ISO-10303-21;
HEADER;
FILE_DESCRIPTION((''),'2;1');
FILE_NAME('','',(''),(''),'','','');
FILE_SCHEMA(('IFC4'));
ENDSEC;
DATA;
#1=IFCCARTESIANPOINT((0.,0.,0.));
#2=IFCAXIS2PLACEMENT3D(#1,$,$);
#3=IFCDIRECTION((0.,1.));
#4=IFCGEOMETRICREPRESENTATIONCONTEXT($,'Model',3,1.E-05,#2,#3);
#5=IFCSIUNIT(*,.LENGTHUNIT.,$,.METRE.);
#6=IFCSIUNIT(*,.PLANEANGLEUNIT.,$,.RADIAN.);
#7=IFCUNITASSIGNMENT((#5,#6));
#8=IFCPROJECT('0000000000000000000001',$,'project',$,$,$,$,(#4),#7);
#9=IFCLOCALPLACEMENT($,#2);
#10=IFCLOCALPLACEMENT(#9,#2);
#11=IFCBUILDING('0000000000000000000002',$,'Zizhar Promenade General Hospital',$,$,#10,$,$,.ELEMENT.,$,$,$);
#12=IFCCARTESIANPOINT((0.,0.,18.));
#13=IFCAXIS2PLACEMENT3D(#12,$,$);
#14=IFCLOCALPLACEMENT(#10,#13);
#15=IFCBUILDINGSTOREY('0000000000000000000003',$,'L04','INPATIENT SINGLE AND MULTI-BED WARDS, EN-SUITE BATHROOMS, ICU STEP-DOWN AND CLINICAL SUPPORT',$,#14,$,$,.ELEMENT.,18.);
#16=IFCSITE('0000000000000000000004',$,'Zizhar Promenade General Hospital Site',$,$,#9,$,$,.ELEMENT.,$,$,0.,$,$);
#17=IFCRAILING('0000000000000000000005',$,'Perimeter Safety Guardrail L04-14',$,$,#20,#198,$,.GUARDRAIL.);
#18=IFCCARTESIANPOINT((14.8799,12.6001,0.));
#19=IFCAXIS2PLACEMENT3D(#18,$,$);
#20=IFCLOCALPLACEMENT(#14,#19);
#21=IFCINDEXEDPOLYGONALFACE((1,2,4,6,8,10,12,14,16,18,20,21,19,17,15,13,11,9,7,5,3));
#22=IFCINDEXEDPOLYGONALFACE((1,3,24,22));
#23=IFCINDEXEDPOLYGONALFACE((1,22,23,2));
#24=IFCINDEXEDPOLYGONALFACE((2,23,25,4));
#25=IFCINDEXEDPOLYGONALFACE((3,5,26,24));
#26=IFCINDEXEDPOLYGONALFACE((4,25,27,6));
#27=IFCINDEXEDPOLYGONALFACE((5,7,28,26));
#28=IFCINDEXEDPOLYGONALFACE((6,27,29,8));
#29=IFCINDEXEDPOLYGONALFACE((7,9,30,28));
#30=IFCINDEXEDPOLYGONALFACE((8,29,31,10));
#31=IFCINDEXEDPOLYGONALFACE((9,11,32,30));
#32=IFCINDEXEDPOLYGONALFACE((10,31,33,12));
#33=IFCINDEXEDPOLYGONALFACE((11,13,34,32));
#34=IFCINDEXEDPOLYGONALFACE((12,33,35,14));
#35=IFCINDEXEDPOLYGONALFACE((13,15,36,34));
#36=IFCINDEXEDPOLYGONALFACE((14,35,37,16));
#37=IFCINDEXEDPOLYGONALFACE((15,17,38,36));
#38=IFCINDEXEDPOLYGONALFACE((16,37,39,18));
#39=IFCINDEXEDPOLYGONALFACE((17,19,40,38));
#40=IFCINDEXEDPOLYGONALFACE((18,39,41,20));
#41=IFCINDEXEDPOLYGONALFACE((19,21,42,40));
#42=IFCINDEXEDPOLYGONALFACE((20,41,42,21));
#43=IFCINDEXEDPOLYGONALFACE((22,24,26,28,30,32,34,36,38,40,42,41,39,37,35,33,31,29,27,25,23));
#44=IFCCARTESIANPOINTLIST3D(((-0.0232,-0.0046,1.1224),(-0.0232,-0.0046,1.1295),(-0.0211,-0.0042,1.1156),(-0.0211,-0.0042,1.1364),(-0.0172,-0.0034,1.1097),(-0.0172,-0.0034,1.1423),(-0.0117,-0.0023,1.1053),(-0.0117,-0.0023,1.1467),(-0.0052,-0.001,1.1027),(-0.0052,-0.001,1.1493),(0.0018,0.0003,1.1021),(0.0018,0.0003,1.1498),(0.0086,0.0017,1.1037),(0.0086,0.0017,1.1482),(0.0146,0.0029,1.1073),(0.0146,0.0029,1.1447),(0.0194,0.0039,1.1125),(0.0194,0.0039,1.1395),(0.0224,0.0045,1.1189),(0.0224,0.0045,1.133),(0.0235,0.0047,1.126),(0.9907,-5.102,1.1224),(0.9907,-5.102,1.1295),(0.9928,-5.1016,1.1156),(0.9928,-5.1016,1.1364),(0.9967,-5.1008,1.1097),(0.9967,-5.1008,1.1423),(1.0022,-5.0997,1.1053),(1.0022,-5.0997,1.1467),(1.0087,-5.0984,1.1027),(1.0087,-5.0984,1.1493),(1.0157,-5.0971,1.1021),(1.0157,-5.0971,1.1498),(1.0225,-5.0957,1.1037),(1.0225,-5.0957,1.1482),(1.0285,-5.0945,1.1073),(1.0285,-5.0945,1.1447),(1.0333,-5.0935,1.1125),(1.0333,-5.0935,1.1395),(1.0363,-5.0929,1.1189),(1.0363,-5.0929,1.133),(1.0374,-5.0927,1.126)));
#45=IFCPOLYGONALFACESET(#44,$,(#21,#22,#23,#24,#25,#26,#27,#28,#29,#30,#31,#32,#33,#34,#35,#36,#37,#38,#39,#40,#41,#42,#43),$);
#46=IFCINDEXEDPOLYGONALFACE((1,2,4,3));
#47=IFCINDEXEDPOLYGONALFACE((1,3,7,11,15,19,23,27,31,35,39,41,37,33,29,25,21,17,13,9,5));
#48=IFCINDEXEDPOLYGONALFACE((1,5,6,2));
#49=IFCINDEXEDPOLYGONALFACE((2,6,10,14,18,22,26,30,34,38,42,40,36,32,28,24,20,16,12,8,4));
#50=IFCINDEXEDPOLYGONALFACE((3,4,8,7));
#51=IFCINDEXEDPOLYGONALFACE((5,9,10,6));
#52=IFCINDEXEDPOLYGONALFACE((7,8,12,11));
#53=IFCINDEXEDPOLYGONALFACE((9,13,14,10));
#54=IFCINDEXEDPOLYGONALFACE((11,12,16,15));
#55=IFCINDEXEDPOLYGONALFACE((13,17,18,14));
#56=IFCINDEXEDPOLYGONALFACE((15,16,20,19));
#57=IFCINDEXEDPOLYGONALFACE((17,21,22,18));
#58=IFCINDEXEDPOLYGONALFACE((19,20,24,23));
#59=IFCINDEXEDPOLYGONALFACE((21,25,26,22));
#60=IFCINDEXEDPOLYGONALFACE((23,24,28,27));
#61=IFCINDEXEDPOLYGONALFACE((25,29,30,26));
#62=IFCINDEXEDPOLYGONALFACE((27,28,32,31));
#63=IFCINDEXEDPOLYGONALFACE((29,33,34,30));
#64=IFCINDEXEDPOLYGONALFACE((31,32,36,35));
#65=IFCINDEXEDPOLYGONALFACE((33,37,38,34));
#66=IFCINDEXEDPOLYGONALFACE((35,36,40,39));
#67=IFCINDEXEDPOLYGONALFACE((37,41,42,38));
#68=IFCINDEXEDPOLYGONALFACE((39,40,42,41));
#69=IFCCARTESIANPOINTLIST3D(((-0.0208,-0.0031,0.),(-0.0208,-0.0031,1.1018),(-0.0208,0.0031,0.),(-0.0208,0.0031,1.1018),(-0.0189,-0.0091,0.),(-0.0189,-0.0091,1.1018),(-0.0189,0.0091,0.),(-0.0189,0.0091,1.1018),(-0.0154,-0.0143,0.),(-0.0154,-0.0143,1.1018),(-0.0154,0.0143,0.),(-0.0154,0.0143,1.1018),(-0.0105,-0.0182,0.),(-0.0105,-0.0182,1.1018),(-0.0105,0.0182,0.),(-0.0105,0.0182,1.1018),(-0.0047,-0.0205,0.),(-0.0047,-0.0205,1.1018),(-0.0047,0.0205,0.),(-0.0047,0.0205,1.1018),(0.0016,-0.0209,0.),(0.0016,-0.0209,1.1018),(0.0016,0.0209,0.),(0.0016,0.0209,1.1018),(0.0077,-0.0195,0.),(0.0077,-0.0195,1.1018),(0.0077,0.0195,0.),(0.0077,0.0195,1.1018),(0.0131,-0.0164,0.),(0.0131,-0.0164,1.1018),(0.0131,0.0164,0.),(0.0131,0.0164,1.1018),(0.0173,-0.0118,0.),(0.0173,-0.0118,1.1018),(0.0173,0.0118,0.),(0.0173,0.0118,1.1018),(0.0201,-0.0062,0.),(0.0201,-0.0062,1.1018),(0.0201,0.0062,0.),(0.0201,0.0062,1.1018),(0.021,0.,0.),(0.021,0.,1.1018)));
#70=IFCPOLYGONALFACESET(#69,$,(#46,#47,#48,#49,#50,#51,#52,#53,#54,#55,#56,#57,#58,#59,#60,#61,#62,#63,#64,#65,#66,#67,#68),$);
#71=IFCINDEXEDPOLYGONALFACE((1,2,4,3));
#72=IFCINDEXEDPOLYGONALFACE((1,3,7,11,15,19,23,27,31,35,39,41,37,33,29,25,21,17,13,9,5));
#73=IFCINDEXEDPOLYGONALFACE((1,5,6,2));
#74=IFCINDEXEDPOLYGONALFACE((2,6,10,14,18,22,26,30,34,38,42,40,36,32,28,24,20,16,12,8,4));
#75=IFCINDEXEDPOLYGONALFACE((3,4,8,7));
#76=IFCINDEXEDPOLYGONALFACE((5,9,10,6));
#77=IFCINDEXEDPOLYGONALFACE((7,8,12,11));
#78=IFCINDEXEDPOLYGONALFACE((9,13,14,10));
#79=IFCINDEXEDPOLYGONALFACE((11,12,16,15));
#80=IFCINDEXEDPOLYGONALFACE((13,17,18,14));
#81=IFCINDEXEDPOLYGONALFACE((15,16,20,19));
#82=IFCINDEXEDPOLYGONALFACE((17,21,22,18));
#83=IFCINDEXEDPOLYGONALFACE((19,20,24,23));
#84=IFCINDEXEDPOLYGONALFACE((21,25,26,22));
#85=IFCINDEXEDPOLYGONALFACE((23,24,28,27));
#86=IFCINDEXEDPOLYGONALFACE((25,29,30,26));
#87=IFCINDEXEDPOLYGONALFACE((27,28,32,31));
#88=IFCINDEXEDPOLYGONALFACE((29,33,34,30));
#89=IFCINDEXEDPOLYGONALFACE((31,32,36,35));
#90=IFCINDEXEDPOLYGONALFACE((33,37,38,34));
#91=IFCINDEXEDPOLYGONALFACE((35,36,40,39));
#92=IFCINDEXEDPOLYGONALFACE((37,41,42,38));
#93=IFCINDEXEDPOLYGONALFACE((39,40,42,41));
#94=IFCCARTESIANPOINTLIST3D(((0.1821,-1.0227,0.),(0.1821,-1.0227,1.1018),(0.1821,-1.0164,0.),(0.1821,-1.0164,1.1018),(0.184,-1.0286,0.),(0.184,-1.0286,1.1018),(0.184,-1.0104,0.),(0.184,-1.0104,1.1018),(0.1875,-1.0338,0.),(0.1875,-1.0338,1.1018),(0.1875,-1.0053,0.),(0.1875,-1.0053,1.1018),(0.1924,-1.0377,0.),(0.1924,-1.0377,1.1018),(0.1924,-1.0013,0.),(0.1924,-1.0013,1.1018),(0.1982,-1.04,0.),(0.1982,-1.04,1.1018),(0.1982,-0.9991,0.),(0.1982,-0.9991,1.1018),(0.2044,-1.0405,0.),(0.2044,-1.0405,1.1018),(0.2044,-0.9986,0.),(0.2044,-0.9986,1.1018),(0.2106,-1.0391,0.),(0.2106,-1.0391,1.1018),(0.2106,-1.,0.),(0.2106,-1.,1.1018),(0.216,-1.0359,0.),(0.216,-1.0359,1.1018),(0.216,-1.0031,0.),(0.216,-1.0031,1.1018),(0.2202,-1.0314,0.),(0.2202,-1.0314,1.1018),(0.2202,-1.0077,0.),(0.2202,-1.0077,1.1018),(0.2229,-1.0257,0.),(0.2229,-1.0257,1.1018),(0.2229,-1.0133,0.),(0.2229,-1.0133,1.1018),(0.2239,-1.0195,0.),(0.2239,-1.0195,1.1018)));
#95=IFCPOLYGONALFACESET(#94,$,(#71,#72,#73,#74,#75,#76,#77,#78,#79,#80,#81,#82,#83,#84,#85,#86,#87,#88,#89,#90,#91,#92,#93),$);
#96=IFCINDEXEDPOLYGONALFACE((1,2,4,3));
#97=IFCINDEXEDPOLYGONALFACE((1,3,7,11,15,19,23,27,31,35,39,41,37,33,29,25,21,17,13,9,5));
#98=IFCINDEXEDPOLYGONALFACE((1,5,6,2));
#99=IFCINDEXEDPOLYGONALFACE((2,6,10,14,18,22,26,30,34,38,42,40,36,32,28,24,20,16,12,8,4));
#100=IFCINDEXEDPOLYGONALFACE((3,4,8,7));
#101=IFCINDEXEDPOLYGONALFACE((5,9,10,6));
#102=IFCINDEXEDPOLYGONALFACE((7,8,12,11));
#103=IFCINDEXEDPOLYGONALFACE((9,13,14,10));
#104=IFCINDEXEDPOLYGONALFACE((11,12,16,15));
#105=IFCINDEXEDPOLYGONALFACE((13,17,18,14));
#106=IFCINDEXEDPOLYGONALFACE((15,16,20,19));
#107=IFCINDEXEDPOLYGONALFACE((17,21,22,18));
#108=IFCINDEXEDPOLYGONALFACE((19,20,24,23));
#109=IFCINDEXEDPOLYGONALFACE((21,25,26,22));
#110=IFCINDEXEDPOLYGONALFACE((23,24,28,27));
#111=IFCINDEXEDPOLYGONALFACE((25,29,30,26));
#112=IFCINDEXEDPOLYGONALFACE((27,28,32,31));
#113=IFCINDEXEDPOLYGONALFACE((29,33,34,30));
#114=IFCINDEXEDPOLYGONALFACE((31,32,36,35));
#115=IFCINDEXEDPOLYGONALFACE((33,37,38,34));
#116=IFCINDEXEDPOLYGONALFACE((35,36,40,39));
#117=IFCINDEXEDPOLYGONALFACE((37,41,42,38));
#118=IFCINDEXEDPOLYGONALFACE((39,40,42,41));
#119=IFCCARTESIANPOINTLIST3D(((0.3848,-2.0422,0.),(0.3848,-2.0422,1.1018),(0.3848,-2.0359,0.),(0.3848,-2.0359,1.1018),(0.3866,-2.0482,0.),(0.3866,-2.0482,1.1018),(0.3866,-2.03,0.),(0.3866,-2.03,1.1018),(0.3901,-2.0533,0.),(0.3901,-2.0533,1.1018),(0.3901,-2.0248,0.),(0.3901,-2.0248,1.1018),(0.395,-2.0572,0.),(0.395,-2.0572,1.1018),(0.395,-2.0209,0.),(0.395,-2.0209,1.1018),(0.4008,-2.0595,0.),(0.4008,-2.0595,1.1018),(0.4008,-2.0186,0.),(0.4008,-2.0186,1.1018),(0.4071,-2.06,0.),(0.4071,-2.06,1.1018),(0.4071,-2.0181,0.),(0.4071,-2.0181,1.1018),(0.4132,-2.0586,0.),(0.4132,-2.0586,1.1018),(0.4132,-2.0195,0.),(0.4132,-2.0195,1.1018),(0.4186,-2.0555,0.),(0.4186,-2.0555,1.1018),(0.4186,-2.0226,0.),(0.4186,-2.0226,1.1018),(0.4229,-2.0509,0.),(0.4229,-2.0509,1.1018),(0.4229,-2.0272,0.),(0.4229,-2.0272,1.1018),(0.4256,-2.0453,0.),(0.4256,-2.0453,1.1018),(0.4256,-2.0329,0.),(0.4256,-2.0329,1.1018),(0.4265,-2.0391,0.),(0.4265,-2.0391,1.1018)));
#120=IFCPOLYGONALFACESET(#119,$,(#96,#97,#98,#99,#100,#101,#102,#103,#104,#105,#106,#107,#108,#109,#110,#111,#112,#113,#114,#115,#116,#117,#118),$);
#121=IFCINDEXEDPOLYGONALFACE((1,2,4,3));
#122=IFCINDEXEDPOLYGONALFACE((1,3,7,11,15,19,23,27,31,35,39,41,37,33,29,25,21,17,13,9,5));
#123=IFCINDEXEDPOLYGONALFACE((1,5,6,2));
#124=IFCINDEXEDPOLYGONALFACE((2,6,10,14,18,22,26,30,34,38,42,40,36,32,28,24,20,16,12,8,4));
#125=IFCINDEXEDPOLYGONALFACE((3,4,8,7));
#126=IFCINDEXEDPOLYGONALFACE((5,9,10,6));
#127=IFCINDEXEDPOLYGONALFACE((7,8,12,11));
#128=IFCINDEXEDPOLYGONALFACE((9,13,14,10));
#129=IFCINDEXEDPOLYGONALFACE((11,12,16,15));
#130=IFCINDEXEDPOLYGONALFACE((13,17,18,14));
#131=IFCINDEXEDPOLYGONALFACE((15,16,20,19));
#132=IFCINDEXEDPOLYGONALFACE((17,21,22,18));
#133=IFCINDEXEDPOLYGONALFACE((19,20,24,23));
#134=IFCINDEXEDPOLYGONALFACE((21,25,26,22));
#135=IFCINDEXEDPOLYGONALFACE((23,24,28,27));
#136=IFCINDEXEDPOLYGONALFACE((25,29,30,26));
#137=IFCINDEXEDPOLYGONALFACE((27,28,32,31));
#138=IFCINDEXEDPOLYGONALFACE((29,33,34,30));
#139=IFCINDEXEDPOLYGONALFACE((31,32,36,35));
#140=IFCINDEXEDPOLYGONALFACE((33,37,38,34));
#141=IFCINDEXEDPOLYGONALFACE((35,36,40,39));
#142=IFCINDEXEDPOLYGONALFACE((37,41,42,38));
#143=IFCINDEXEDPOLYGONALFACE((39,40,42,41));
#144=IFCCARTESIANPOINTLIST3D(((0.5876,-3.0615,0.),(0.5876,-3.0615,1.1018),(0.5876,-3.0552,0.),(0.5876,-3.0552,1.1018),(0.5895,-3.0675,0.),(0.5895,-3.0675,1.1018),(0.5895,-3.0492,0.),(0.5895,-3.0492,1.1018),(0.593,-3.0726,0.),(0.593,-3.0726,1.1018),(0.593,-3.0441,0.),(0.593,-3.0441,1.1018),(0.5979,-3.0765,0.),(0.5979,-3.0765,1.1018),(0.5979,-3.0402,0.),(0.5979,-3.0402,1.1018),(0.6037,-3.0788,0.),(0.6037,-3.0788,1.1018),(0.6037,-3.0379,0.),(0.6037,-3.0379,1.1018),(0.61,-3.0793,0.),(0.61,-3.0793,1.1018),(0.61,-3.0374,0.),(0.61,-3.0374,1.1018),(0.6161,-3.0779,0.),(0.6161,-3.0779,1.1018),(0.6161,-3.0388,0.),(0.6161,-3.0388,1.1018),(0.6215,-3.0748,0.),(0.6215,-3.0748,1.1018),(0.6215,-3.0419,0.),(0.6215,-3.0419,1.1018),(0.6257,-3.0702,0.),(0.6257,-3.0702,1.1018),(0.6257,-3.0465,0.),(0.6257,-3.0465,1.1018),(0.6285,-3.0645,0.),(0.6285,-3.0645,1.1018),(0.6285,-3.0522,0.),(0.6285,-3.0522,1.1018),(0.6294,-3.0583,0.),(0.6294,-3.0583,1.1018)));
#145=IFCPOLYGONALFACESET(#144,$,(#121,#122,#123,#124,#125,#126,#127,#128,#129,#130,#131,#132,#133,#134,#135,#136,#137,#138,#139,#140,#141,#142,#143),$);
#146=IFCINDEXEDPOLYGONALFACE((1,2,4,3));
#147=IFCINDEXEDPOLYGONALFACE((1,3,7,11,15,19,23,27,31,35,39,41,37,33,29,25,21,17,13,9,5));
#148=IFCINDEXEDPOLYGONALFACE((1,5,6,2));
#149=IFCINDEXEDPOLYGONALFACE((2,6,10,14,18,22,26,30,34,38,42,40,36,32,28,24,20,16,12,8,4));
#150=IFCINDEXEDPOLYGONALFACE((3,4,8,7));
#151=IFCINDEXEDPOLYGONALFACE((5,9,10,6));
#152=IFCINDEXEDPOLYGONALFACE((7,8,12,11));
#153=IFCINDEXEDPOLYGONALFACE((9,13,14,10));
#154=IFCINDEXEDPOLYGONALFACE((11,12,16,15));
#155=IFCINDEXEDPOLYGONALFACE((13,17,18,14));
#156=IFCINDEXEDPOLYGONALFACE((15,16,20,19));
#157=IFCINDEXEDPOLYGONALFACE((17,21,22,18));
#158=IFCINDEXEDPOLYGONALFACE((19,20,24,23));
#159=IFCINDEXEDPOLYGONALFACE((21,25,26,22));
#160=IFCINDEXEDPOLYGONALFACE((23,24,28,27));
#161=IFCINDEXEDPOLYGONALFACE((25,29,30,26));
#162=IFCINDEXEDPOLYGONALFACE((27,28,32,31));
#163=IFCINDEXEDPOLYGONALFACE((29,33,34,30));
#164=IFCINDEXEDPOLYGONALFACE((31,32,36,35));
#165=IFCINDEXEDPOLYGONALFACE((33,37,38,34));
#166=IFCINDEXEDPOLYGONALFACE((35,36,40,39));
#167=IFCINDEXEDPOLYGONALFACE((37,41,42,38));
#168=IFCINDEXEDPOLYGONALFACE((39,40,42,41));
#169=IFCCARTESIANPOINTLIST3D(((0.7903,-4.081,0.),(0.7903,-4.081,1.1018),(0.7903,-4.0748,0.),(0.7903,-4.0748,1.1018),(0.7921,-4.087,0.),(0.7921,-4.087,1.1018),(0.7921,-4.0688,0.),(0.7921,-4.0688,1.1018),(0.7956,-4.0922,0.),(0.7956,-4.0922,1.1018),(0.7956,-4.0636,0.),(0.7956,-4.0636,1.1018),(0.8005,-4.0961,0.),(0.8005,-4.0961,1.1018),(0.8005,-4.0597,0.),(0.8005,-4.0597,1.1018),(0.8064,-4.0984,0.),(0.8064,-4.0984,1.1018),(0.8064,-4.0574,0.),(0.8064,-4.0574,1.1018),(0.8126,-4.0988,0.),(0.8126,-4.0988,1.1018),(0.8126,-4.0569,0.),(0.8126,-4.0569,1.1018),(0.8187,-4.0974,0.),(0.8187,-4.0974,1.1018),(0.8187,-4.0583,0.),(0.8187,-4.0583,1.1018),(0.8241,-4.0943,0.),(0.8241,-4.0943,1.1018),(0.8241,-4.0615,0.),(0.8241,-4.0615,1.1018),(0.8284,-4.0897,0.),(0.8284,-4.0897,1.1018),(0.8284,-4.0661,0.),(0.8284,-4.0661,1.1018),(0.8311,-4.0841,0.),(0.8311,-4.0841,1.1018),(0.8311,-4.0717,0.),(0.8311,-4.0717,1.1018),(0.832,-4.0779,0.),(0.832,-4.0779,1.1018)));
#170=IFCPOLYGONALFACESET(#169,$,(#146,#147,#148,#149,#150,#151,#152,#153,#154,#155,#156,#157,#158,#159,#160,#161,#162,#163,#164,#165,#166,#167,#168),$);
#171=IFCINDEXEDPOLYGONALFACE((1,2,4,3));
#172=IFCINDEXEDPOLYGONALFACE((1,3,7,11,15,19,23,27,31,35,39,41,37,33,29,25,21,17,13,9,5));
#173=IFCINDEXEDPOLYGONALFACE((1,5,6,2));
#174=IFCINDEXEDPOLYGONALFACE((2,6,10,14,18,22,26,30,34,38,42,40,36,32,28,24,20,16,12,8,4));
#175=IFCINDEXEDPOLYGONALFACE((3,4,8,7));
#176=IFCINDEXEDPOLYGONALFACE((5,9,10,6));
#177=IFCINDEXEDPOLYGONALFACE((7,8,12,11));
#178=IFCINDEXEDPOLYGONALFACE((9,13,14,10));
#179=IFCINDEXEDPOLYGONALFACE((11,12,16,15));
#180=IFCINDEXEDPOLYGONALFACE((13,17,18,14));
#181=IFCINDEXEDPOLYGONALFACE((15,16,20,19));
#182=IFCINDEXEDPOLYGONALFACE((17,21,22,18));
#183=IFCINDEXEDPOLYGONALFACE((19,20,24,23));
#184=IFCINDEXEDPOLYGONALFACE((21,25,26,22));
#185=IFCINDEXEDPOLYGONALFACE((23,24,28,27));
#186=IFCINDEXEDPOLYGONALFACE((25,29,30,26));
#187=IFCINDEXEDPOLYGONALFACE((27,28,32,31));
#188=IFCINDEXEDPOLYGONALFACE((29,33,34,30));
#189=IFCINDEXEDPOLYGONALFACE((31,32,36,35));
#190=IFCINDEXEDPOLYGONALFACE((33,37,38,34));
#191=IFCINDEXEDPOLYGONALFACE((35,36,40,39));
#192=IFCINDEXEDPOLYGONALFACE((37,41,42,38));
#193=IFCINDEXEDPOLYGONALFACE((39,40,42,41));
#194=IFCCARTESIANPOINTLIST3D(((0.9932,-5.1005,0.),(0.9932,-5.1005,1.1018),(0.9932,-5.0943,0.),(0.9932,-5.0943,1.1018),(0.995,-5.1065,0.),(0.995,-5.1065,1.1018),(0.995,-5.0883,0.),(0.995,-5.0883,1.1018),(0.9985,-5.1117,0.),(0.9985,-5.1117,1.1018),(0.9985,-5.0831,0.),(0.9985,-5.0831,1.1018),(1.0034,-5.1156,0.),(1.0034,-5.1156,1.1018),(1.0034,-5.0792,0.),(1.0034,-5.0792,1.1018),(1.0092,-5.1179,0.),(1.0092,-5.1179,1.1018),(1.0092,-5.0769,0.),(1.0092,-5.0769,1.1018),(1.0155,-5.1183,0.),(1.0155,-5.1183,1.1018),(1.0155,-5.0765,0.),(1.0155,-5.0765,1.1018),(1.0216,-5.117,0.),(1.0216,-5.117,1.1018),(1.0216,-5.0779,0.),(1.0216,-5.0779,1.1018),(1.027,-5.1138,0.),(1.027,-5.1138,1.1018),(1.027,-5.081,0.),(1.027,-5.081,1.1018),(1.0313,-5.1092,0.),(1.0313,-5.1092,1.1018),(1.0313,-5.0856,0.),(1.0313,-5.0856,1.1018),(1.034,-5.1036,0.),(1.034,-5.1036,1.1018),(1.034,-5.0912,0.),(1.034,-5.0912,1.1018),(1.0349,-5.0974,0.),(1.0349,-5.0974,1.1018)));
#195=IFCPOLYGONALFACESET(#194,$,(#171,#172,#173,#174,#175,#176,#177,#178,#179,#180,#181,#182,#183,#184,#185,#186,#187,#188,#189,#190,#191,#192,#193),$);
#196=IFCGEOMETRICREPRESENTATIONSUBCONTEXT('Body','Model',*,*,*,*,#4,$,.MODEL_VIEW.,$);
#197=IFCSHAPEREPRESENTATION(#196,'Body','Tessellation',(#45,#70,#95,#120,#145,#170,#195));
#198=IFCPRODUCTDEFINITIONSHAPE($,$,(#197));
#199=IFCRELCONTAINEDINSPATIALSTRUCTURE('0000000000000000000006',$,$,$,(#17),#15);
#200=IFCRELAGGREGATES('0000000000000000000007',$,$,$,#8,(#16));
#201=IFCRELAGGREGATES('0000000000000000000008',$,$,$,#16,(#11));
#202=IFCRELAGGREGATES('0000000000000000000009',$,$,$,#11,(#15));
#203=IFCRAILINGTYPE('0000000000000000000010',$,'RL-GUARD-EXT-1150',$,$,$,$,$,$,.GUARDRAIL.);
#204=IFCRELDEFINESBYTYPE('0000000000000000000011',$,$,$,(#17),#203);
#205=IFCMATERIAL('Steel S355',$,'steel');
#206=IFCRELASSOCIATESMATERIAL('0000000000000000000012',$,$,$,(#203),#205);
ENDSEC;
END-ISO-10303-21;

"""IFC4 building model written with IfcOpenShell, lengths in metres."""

from ifc_helpers import new_model, si_unit, direction, frame, origin, origin_2d, place, context, subcontext, project, spatial, hollow_rectangle, circle, extrude, material, material_profile, profile_set, type_object, element, save


model = new_model("IFC4")

# Units and contexts
model_context = context("Model", 3, precision=1e-05, world=origin(), true_north=direction((0.0, 1.0)))
body_context = subcontext(model_context, "Body", "Model", "MODEL_VIEW")
ifc_project = project(units=[si_unit("LENGTHUNIT", "METRE"), si_unit("PLANEANGLEUNIT", "RADIAN")], contexts=[model_context])

# Site, building, storey
site_placement = place(None, origin())
site = spatial("IfcSite", under=ifc_project, at=site_placement, Name="Zizhar Promenade General Hospital Site", CompositionType="ELEMENT", RefElevation=0.0)
building_placement = place(site_placement, origin())
building = spatial("IfcBuilding", under=site, at=building_placement, Name="Zizhar Promenade General Hospital", CompositionType="ELEMENT")
storey_placement = place(building_placement, frame((0.0, 0.0, 18.0)))
storey = spatial("IfcBuildingStorey", under=building, at=storey_placement, Name="L04", Description="INPATIENT SINGLE AND MULTI-BED WARDS, EN-SUITE BATHROOMS, ICU STEP-DOWN AND CLINICAL SUPPORT", CompositionType="ELEMENT", Elevation=18.0)

# Railing
ifc_material_1 = material(Name="Steel S355", Category="steel")
ifc_material_profile_1 = material_profile(ifc_material_1, hollow_rectangle(XDim=0.0601, YDim=0.1201, WallThickness=0.0039, at=origin_2d()))
ifc_profile_set_1 = profile_set([ifc_material_profile_1], Name="Steel S355")
railing_type = type_object("IfcRailingType", Name="RL-GUARD-EXT-1150", PredefinedType="GUARDRAIL", material=ifc_profile_set_1)
railing_1_placement = place(storey_placement, frame((14.8799, 12.6001, 0.0)))
element("IfcRailing", 1, at=railing_1_placement, inside=storey, type_object=railing_type, Name="Perimeter Safety Guardrail L04-14", PredefinedType="GUARDRAIL", context=body_context, shape_type="SweptSolid", body=[
    extrude(circle(Radius=0.0239, at=origin_2d()), frame((0.0, 0.0, 1.126), z_axis=(0.195086, -0.980786, 0.0), x_axis=(0.980786, 0.195086, 0.0)), (0.0, 0.0, 1.0), 5.1973),
    extrude(circle(Radius=0.021, at=origin_2d()), origin(), (0.0, 0.0, 1.0), 1.1018),
    extrude(circle(Radius=0.021, at=origin_2d()), frame((0.2029, -1.0195, 0.0)), (0.0, 0.0, 1.0), 1.1018),
    extrude(circle(Radius=0.021, at=origin_2d()), frame((0.4055, -2.0391, 0.0)), (0.0, 0.0, 1.0), 1.1018),
    extrude(circle(Radius=0.021, at=origin_2d()), frame((0.6084, -3.0583, 0.0)), (0.0, 0.0, 1.0), 1.1018),
    extrude(circle(Radius=0.021, at=origin_2d()), frame((0.811, -4.0779, 0.0)), (0.0, 0.0, 1.0), 1.1018),
    extrude(circle(Radius=0.021, at=origin_2d()), frame((1.0139, -5.0974, 0.0)), (0.0, 0.0, 1.0), 1.1018),
])

save(model, "model.ifc")
